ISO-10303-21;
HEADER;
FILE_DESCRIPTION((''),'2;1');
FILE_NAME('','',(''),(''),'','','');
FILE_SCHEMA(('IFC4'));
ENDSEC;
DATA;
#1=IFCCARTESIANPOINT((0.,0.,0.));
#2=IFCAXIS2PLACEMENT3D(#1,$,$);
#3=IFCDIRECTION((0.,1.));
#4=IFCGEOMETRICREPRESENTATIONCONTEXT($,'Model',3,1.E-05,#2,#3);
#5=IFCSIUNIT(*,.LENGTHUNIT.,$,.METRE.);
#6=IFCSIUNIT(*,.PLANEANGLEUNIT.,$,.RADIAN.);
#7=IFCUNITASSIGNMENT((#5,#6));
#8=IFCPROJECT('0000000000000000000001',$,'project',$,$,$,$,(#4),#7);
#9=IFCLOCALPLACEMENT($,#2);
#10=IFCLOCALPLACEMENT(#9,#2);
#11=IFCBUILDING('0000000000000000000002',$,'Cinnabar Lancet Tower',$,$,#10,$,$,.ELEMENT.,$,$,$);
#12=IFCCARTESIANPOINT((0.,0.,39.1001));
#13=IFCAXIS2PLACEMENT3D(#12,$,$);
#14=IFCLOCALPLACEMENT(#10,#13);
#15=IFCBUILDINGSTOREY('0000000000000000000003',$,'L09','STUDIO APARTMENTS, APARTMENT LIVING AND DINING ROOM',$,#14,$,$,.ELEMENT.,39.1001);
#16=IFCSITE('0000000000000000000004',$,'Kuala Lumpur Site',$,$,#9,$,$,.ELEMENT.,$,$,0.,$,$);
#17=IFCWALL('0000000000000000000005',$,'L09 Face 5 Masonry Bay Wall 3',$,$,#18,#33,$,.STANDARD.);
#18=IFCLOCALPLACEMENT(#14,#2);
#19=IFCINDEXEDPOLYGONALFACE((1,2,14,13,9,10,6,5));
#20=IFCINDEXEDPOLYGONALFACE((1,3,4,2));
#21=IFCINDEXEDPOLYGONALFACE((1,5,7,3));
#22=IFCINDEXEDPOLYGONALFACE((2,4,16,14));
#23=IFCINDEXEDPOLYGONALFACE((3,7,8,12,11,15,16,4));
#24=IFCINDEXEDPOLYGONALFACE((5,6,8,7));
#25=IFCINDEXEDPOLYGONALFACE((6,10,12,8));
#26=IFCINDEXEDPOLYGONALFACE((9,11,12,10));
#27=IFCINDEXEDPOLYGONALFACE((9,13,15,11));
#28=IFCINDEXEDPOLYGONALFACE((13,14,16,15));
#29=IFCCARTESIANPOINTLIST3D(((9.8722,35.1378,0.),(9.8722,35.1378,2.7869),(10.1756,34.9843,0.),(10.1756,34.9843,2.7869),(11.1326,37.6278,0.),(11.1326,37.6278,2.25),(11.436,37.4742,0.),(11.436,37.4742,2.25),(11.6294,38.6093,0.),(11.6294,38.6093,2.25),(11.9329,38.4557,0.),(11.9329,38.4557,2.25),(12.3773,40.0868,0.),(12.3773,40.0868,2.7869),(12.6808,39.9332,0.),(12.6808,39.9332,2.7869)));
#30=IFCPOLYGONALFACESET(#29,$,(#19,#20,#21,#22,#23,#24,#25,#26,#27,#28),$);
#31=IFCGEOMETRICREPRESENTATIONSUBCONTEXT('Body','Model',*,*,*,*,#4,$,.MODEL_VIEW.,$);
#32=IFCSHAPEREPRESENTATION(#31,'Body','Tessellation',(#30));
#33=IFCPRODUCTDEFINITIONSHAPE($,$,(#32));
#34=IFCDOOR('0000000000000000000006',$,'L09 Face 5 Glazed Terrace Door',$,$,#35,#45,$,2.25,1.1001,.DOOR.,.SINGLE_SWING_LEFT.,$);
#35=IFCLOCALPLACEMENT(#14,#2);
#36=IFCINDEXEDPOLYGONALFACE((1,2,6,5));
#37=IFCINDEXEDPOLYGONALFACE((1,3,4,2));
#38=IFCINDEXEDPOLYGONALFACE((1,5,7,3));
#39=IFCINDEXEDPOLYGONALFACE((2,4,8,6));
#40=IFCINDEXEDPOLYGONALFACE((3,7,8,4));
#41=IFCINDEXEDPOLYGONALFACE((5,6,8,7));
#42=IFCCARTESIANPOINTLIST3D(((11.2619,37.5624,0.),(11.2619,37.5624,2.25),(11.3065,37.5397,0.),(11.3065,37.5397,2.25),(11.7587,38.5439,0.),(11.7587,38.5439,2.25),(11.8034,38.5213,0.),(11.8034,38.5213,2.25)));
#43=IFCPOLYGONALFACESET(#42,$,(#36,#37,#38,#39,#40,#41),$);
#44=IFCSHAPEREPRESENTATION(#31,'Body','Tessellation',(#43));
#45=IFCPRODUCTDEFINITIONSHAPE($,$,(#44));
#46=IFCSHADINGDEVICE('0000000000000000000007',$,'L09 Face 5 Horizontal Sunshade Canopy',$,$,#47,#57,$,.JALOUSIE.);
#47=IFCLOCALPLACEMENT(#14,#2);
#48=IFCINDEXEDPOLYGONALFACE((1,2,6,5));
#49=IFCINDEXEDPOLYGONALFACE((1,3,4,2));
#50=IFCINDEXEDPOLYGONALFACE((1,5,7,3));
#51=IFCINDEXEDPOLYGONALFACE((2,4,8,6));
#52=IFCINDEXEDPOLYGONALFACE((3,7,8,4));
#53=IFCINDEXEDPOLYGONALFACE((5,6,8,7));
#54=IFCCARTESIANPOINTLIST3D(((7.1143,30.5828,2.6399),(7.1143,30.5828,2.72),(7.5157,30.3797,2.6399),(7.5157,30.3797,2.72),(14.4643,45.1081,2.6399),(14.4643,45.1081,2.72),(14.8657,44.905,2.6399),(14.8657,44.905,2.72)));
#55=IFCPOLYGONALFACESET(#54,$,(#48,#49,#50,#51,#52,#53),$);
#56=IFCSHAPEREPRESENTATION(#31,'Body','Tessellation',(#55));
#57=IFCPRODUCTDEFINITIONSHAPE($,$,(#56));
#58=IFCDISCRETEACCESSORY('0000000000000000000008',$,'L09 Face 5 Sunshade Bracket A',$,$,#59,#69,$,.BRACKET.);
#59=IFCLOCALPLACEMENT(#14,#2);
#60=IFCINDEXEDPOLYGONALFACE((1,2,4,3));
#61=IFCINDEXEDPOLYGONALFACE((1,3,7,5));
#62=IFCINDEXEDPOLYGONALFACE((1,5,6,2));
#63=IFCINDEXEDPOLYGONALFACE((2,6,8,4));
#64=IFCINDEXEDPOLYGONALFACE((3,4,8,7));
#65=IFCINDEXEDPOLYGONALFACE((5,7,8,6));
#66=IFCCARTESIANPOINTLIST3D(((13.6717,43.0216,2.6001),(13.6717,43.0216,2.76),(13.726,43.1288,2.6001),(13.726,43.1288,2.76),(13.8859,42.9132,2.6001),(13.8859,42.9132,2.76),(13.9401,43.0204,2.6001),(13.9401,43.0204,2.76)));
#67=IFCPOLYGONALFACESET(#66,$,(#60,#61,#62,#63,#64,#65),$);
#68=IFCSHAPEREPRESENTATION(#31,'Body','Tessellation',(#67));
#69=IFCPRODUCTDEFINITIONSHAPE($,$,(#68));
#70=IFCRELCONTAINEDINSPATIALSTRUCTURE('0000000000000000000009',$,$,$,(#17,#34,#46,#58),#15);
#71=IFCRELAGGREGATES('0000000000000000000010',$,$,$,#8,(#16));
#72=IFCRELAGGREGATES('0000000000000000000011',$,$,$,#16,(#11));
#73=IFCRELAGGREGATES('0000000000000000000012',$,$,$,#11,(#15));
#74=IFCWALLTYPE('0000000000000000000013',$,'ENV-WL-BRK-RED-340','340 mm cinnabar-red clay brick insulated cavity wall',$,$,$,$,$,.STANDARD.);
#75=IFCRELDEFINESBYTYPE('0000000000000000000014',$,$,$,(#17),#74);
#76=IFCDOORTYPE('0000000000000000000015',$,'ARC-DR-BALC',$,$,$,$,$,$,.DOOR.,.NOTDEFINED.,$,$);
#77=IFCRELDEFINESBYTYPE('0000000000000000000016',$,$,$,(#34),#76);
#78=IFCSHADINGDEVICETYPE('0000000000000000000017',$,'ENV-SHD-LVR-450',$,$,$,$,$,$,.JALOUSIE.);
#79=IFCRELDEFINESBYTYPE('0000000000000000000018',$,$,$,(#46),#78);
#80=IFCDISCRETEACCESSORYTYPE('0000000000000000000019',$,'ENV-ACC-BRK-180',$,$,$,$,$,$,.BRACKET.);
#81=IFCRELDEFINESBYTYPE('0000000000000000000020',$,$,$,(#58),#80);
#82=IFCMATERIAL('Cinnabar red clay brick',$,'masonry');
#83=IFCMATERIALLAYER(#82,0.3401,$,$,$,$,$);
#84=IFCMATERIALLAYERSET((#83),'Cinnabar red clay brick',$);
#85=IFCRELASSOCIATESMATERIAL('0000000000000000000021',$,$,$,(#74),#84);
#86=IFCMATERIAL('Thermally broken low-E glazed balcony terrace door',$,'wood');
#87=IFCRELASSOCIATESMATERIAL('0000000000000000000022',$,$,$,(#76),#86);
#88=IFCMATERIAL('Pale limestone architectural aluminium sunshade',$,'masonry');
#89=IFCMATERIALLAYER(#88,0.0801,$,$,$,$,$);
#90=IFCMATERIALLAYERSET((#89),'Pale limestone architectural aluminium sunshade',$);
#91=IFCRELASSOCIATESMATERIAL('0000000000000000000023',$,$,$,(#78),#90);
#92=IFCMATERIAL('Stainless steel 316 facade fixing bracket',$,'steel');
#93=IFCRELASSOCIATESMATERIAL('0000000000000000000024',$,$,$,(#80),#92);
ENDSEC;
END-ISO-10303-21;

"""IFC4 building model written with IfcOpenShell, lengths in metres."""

from ifc_helpers import new_model, si_unit, direction, frame, frame_2d, origin, origin_2d, place, context, subcontext, project, spatial, rectangle, extrude, material, layer, layer_set, type_object, element, fill, save


model = new_model("IFC4")

# Units and contexts
model_context = context("Model", 3, precision=1e-05, world=origin(), true_north=direction((0.0, 1.0)))
body_context = subcontext(model_context, "Body", "Model", "MODEL_VIEW")
ifc_project = project(units=[si_unit("LENGTHUNIT", "METRE"), si_unit("PLANEANGLEUNIT", "RADIAN")], contexts=[model_context])

# Site, building, storey
site_placement = place(None, origin())
site = spatial("IfcSite", under=ifc_project, at=site_placement, Name="Kuala Lumpur Site", CompositionType="ELEMENT", RefElevation=0.0)
building_placement = place(site_placement, origin())
building = spatial("IfcBuilding", under=site, at=building_placement, Name="Cinnabar Lancet Tower", CompositionType="ELEMENT")
storey_placement = place(building_placement, frame((0.0, 0.0, 39.1001)))
storey = spatial("IfcBuildingStorey", under=building, at=storey_placement, Name="L09", Description="STUDIO APARTMENTS, APARTMENT LIVING AND DINING ROOM", CompositionType="ELEMENT", Elevation=39.1001)

# Shared definitions
ifc_material_1 = material(Name="Cinnabar red clay brick", Category="masonry")
ifc_layer_1 = layer(ifc_material_1, 0.3401)
ifc_layer_set_1 = layer_set([ifc_layer_1], Name="Cinnabar red clay brick")
wall_type_1 = type_object("IfcWallType", Name="ENV-WL-BRK-RED-340", Description="340 mm cinnabar-red clay brick insulated cavity wall", PredefinedType="STANDARD", material=ifc_layer_set_1)

# Wall, opening, door
wall_1_placement = place(storey_placement, frame((12.5291, 40.01, 0.0), z_axis=(0.0, 0.0, 1.0), x_axis=(-0.451627, -0.892207, 0.0)))
wall_1 = element("IfcWall", 1, at=wall_1_placement, inside=storey, type_object=wall_type_1, Name="L09 Face 5 Masonry Bay Wall 3", PredefinedType="STANDARD", context=body_context, shape_type="SweptSolid", body=[
    extrude(rectangle(XDim=5.5469, YDim=0.3401, at=frame_2d((2.7734, 0.0))), origin(), (0.0, 0.0, 1.0), 2.7869),
])
opening_1_placement = place(wall_1_placement, frame((1.656, 0.0, 0.0)))
opening_1 = element("IfcOpeningElement", 2, at=opening_1_placement, cuts=wall_1, PredefinedType="OPENING", context=body_context, shape_type="SweptSolid", body=[
    extrude(rectangle(XDim=1.1001, YDim=2.25, at=frame_2d((0.55, 1.125))), frame((0.0, 0.1799, 0.0), z_axis=(0.0, -1.0, 0.0), x_axis=(1.0, 0.0, 0.0)), (0.0, 0.0, 1.0), 0.3601),
])
ifc_material_2 = material(Name="Thermally broken low-E glazed balcony terrace door", Category="wood")
door_type = type_object("IfcDoorType", Name="ARC-DR-BALC", OperationType="NOTDEFINED", PredefinedType="DOOR", material=ifc_material_2)
door_placement = place(opening_1_placement, origin())
door = element("IfcDoor", 3, at=door_placement, inside=storey, type_object=door_type, Name="L09 Face 5 Glazed Terrace Door", OperationType="SINGLE_SWING_LEFT", OverallHeight=2.25, OverallWidth=1.1001, PredefinedType="DOOR", context=body_context, shape_type="SweptSolid", body=[
    extrude(rectangle(XDim=1.1001, YDim=2.25, at=frame_2d((0.55, 1.125))), frame((0.0, 0.0249, 0.0), z_axis=(0.0, -1.0, 0.0), x_axis=(1.0, 0.0, 0.0)), (0.0, 0.0, 1.0), 0.05),
])
fill(opening_1, door)

# Shading device
ifc_material_3 = material(Name="Pale limestone architectural aluminium sunshade", Category="masonry")
ifc_layer_2 = layer(ifc_material_3, 0.0801)
ifc_layer_set_2 = layer_set([ifc_layer_2], Name="Pale limestone architectural aluminium sunshade")
shading_device_type = type_object("IfcShadingDeviceType", Name="ENV-SHD-LVR-450", PredefinedType="JALOUSIE", material=ifc_layer_set_2)
shading_device_placement = place(storey_placement, frame((10.99, 37.7439, 2.6399), z_axis=(0.0, 0.0, 1.0), x_axis=(-0.451501, -0.892271, 0.0)))
element("IfcShadingDevice", 4, at=shading_device_placement, inside=storey, type_object=shading_device_type, Name="L09 Face 5 Horizontal Sunshade Canopy", PredefinedType="JALOUSIE", context=body_context, shape_type="SweptSolid", body=[
    extrude(rectangle(XDim=16.2791, YDim=0.45, at=origin_2d()), origin(), (0.0, 0.0, 1.0), 0.0801),
])

# Discrete accessory
ifc_material_4 = material(Name="Stainless steel 316 facade fixing bracket", Category="steel")
discrete_accessory_type = type_object("IfcDiscreteAccessoryType", Name="ENV-ACC-BRK-180", PredefinedType="BRACKET", material=ifc_material_4)
discrete_accessory_placement = place(storey_placement, frame((13.8059, 43.021, 2.6001), z_axis=(0.0, 0.0, 1.0), x_axis=(-0.451501, -0.892271, 0.0)))
element("IfcDiscreteAccessory", 5, at=discrete_accessory_placement, inside=storey, type_object=discrete_accessory_type, Name="L09 Face 5 Sunshade Bracket A", PredefinedType="BRACKET", context=body_context, shape_type="SweptSolid", body=[
    extrude(rectangle(XDim=0.1201, YDim=0.24, at=origin_2d()), origin(), (0.0, 0.0, 1.0), 0.1599),
])

save(model, "model.ifc")
